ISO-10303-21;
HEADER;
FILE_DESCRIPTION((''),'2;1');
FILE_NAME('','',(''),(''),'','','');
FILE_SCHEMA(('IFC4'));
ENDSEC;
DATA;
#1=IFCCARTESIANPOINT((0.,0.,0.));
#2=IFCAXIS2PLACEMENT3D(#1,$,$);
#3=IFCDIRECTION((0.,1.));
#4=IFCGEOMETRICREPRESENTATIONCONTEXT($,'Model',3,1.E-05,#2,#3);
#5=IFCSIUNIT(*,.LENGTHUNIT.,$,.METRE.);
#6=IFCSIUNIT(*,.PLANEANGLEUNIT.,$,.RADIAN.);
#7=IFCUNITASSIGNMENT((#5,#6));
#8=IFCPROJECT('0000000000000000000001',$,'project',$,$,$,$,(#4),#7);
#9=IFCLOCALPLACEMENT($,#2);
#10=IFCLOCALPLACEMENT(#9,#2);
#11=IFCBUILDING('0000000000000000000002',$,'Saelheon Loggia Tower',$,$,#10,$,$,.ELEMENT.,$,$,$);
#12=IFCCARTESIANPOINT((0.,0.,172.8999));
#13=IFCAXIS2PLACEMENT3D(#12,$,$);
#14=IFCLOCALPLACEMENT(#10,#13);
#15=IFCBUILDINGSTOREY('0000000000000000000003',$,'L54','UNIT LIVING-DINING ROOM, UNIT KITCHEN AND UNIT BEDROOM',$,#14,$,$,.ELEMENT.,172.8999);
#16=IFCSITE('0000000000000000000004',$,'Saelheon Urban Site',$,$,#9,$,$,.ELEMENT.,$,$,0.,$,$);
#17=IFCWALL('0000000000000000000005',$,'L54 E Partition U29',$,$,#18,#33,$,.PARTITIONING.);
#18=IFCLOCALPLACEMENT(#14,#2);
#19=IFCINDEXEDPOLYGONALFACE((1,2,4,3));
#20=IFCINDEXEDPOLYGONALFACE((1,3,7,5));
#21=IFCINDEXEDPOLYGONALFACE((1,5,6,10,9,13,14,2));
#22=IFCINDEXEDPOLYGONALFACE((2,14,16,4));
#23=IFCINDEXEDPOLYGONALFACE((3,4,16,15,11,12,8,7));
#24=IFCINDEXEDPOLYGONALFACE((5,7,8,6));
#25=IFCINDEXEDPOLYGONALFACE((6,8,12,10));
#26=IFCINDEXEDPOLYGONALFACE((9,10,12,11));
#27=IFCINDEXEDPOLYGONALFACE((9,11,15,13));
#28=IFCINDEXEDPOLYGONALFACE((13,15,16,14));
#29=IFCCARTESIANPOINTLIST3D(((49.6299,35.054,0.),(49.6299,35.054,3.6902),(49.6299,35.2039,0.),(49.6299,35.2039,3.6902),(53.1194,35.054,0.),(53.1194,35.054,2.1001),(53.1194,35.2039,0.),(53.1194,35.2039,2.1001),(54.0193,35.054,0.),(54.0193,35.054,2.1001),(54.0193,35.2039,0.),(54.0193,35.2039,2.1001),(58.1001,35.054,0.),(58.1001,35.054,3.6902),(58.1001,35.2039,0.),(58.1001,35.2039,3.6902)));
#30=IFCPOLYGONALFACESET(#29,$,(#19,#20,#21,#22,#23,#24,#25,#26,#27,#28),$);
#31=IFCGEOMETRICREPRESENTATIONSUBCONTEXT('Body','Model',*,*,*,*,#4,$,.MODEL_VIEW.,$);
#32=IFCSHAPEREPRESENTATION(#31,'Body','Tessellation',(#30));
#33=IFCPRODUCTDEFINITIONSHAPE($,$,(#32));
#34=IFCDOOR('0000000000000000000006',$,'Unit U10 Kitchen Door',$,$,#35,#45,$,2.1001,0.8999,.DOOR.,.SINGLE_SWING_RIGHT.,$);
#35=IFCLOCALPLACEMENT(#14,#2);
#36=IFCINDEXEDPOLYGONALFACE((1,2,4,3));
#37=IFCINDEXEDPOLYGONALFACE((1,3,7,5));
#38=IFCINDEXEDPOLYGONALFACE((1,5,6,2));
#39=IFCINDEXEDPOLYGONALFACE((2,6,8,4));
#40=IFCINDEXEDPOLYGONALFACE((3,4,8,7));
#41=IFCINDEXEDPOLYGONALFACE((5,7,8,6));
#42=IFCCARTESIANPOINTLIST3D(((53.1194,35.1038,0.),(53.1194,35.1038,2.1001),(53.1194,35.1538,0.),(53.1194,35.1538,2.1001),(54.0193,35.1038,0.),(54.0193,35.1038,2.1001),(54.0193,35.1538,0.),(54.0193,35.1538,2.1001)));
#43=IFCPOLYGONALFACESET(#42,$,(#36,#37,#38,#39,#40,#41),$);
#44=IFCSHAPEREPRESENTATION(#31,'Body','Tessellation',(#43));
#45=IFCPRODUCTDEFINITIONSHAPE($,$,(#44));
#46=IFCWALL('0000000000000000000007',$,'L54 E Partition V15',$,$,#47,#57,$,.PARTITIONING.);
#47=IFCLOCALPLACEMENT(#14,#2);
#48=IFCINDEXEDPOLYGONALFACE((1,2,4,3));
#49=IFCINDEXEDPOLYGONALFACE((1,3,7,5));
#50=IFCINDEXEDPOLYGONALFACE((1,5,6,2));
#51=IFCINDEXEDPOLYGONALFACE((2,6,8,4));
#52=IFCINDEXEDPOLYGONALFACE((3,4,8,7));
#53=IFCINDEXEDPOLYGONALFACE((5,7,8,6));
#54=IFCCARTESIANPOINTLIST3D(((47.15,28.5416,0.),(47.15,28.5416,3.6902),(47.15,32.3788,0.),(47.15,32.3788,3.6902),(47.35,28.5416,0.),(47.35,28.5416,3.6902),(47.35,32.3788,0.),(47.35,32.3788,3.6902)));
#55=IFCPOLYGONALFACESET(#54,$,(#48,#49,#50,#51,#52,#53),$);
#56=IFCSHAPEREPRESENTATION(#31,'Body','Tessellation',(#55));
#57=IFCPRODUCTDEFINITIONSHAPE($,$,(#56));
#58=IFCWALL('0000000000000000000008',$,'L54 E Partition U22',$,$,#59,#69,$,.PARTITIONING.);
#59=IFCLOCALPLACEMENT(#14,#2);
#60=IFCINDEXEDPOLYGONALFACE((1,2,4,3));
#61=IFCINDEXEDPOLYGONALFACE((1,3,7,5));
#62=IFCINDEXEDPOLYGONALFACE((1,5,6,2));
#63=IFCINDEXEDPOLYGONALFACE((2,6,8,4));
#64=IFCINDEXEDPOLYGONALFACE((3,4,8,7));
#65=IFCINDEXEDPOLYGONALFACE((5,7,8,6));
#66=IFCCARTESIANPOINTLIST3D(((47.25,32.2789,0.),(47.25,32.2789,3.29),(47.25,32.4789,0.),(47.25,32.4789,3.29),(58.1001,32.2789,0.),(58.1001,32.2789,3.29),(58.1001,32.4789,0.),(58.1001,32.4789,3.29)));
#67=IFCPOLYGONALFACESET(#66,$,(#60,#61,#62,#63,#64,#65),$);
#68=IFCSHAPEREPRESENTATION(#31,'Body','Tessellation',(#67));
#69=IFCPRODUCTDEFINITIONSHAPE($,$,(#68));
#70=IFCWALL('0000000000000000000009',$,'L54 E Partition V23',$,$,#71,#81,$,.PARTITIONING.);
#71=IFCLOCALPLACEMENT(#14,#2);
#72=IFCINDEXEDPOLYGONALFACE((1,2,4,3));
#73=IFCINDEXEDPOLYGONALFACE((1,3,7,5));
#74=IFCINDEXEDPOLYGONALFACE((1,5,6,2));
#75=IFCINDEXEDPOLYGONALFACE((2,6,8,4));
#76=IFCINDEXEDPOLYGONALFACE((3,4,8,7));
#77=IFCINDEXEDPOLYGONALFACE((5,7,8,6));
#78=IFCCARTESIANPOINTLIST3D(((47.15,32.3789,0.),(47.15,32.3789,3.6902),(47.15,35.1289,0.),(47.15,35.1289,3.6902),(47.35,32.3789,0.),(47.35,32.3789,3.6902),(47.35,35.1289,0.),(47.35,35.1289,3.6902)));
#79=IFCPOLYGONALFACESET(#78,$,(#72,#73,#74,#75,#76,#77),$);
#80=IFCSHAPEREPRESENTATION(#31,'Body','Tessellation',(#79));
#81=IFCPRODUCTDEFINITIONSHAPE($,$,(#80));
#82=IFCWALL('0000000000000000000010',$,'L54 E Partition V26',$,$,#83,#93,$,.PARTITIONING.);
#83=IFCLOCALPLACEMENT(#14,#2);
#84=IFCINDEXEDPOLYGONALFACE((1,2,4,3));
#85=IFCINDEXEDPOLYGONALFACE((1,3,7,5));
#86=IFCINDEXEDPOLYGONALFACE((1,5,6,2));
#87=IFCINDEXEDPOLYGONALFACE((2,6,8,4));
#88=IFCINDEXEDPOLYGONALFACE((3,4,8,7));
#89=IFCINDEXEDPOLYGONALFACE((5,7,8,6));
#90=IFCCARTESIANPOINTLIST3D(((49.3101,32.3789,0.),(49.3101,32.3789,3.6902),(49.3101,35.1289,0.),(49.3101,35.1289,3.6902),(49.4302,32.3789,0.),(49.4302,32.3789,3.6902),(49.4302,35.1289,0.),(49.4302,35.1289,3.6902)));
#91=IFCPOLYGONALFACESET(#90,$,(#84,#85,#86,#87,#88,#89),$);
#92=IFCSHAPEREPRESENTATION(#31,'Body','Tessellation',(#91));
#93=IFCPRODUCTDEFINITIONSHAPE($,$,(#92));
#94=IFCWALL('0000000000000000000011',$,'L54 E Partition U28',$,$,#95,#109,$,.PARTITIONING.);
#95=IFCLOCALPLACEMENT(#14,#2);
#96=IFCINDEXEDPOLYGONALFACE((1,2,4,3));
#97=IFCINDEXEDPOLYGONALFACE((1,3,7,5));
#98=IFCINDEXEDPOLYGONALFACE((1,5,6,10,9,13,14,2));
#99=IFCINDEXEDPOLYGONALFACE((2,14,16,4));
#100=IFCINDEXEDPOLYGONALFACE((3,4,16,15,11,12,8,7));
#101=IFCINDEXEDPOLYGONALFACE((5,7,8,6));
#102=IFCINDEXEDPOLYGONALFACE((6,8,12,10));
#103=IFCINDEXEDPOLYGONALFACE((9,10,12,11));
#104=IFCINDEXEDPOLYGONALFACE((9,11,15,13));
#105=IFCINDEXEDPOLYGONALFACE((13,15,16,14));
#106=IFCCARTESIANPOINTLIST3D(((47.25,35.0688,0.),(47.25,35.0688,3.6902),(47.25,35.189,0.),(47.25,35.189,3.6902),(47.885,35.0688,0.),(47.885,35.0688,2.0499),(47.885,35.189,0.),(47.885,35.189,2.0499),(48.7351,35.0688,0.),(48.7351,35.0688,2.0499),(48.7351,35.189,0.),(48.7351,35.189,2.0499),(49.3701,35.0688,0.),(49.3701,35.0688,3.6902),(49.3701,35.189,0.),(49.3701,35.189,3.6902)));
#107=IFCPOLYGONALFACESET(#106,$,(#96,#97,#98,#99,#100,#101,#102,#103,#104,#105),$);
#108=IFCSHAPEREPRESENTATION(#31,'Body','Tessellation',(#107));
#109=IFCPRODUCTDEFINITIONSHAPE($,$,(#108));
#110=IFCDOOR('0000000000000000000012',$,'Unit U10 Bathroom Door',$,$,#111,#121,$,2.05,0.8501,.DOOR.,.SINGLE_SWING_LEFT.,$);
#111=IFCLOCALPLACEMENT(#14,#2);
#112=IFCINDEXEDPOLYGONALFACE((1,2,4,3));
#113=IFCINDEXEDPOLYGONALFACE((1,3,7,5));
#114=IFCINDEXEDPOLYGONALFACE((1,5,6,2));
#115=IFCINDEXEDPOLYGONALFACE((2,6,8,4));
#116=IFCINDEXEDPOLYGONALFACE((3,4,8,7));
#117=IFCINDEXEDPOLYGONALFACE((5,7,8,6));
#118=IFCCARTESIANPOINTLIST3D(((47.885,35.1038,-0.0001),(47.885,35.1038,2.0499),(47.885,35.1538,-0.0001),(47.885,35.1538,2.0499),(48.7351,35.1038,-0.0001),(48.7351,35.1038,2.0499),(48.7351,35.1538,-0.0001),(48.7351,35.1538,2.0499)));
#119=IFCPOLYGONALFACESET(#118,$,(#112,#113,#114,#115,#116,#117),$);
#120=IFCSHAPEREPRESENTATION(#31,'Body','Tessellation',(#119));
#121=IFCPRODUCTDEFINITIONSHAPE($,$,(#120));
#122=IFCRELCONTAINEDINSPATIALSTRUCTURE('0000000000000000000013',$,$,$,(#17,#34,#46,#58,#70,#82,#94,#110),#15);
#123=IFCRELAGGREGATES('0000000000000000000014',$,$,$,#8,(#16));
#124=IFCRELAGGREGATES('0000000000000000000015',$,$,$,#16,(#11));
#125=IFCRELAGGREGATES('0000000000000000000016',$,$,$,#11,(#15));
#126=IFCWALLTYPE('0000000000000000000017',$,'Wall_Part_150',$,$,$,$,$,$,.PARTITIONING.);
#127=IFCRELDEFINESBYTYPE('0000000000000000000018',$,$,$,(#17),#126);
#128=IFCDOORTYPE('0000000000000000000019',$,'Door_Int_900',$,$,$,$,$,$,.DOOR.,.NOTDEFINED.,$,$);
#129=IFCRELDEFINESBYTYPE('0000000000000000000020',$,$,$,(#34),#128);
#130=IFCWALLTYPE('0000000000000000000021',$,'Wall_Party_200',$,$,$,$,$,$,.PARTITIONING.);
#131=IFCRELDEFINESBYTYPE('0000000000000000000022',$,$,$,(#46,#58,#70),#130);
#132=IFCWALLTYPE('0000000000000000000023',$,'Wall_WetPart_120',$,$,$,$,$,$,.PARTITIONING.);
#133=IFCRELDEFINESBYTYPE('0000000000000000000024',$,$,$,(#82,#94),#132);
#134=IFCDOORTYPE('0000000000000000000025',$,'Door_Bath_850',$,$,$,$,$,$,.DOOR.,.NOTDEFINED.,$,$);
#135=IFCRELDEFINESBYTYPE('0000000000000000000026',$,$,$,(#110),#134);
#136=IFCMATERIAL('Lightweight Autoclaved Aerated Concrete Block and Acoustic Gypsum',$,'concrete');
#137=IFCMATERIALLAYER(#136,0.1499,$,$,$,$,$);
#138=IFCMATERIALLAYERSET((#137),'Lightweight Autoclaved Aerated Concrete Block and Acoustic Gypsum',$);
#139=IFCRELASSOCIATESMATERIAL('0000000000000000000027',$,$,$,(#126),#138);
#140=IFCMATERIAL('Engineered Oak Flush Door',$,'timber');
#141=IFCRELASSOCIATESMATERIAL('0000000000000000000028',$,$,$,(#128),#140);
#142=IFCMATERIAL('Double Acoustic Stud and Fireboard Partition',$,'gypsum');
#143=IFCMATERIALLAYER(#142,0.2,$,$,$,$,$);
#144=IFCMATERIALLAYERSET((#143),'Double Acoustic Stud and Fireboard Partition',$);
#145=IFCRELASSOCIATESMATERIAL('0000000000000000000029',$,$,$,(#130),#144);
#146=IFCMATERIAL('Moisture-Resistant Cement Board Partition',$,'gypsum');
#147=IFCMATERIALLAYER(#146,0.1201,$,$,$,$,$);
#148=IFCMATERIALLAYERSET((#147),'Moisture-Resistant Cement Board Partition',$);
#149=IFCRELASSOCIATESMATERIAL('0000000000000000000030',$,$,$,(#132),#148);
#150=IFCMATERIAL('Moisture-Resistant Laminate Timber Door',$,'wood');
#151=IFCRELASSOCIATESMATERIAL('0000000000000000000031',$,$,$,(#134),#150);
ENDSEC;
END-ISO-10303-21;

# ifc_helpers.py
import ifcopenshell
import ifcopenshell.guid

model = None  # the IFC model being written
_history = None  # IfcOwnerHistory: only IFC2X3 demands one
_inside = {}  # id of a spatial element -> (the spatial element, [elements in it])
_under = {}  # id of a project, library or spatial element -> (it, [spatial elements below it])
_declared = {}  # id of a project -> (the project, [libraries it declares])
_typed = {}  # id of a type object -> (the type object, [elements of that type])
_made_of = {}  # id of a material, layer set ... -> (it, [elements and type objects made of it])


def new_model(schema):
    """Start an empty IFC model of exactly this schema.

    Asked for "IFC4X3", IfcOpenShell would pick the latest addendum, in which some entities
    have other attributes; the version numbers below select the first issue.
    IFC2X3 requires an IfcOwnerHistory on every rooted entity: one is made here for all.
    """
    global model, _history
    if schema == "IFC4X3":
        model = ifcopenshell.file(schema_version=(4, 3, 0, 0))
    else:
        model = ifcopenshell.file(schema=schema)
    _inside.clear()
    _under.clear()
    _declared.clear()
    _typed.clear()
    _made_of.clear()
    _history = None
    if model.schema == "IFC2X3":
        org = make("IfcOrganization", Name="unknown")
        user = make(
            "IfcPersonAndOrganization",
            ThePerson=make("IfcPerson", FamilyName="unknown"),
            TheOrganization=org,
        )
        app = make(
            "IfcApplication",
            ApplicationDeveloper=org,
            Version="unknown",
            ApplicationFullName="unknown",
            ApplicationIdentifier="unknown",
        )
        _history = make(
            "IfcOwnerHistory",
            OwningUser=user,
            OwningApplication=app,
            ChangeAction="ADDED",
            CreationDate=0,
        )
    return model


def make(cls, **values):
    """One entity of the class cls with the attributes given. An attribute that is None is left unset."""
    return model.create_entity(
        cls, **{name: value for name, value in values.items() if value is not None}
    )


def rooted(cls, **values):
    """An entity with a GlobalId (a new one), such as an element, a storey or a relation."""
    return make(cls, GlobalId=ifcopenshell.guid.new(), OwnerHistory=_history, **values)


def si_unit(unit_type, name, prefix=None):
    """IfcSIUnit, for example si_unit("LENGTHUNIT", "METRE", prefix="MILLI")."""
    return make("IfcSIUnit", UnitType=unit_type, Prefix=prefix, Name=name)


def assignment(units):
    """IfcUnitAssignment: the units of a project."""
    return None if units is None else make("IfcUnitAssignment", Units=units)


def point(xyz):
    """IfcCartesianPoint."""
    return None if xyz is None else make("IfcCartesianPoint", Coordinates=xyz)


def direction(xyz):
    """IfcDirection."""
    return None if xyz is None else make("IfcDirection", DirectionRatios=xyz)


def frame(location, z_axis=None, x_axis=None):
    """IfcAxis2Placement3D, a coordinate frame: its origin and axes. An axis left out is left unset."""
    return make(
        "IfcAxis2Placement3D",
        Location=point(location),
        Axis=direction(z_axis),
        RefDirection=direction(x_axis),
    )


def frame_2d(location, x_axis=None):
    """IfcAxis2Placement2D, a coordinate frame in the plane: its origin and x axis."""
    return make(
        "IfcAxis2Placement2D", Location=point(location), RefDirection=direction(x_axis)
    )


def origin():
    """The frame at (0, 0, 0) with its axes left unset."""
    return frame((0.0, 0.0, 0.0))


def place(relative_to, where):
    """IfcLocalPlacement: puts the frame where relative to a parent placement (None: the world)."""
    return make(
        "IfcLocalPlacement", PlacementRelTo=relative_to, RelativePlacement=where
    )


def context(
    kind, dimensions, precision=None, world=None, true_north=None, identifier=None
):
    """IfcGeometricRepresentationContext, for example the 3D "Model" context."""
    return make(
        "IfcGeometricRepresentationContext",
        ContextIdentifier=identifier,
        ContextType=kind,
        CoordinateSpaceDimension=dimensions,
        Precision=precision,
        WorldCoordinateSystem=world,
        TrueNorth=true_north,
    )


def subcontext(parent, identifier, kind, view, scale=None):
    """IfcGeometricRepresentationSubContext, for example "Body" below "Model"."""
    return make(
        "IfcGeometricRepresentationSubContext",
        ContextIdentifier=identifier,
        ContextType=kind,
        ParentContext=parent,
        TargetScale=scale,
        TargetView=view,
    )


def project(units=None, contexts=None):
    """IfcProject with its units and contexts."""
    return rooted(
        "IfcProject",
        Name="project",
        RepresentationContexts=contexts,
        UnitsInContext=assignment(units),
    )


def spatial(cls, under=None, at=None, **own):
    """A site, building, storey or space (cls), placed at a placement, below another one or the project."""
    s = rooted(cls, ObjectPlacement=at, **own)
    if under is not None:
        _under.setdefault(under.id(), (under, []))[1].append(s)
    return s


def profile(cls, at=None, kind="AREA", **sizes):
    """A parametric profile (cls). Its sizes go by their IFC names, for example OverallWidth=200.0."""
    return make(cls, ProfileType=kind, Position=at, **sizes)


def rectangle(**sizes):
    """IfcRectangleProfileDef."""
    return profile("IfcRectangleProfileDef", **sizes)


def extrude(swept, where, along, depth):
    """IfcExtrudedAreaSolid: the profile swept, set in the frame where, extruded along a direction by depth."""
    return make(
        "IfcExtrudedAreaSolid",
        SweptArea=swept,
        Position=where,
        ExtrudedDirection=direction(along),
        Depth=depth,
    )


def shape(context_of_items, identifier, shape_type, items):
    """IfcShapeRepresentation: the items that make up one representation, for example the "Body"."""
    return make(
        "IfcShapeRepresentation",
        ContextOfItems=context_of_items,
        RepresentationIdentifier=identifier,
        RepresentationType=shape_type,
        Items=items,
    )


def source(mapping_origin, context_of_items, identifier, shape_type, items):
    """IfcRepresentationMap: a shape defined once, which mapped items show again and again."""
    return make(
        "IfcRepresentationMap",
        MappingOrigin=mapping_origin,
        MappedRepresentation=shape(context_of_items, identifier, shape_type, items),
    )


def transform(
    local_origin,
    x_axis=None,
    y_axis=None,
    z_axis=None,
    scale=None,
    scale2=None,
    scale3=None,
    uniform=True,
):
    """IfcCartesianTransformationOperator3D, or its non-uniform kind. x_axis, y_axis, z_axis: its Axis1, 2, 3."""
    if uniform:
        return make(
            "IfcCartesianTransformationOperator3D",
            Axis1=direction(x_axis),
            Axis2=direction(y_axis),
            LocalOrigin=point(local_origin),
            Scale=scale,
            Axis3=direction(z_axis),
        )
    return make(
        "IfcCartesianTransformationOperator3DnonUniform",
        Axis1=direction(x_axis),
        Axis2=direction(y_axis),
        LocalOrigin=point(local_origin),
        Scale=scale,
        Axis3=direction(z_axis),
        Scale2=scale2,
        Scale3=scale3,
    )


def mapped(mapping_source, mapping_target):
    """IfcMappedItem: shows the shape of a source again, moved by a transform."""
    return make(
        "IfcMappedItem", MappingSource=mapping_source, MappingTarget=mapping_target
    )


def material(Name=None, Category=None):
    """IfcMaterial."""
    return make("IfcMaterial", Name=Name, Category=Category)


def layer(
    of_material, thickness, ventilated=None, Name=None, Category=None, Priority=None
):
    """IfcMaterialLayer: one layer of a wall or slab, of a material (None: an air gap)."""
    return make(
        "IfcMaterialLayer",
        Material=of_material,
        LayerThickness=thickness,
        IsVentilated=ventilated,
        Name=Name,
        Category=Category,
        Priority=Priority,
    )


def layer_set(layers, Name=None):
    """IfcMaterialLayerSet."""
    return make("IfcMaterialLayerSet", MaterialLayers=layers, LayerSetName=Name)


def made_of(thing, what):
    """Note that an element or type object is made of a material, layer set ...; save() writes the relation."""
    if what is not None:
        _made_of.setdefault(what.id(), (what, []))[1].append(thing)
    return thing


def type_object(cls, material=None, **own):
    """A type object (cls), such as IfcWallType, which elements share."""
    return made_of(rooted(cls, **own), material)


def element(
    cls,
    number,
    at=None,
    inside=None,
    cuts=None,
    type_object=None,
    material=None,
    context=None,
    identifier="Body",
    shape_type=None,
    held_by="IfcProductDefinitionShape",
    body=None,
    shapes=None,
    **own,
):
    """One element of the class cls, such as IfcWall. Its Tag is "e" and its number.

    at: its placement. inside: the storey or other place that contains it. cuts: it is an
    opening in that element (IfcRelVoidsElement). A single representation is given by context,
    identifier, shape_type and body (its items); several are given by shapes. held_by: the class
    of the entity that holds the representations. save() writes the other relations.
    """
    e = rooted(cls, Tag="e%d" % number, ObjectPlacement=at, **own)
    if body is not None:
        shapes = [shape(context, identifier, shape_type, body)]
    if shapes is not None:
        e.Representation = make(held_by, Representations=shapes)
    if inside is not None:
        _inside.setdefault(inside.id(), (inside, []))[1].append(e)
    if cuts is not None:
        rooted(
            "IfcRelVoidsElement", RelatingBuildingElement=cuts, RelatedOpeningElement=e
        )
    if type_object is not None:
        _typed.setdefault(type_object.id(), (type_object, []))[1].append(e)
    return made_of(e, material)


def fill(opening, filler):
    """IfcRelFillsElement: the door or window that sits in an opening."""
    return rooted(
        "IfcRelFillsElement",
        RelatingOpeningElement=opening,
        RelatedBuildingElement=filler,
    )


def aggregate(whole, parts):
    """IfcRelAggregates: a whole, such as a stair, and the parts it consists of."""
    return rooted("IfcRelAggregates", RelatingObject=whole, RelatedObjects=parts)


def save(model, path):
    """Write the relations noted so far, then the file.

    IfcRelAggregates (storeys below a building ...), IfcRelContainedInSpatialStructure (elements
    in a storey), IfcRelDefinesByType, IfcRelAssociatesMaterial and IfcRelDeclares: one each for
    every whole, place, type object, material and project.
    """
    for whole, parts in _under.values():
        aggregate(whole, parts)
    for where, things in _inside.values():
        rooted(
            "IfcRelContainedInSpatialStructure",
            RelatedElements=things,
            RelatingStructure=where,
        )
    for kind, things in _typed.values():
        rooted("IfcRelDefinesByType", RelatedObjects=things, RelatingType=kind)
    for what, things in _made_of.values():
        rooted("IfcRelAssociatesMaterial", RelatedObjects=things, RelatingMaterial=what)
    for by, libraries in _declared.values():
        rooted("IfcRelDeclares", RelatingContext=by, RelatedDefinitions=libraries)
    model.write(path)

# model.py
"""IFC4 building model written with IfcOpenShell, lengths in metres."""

from ifc_helpers import new_model, si_unit, direction, frame, frame_2d, origin, place, context, subcontext, project, spatial, rectangle, extrude, source, transform, mapped, material, layer, layer_set, type_object, element, fill, save


model = new_model("IFC4")

# Units and contexts
model_context = context("Model", 3, precision=1e-05, world=origin(), true_north=direction((0.0, 1.0)))
body_context = subcontext(model_context, "Body", "Model", "MODEL_VIEW")
ifc_project = project(units=[si_unit("LENGTHUNIT", "METRE"), si_unit("PLANEANGLEUNIT", "RADIAN")], contexts=[model_context])

# Site, building, storey
site_placement = place(None, origin())
site = spatial("IfcSite", under=ifc_project, at=site_placement, Name="Saelheon Urban Site", CompositionType="ELEMENT", RefElevation=0.0)
building_placement = place(site_placement, origin())
building = spatial("IfcBuilding", under=site, at=building_placement, Name="Saelheon Loggia Tower", CompositionType="ELEMENT")
storey_placement = place(building_placement, frame((0.0, 0.0, 172.8999)))
storey = spatial("IfcBuildingStorey", under=building, at=storey_placement, Name="L54", Description="UNIT LIVING-DINING ROOM, UNIT KITCHEN AND UNIT BEDROOM", CompositionType="ELEMENT", Elevation=172.8999)

# Shared definitions
ifc_material_1 = material(Name="Lightweight Autoclaved Aerated Concrete Block and Acoustic Gypsum", Category="concrete")
ifc_layer_1 = layer(ifc_material_1, 0.1499)
ifc_layer_set_1 = layer_set([ifc_layer_1], Name="Lightweight Autoclaved Aerated Concrete Block and Acoustic Gypsum")
wall_type_1 = type_object("IfcWallType", Name="Wall_Part_150", PredefinedType="PARTITIONING", material=ifc_layer_set_1)

# Wall, opening, door
ifc_material_2 = material(Name="Engineered Oak Flush Door", Category="timber")
door_type_1 = type_object("IfcDoorType", Name="Door_Int_900", OperationType="NOTDEFINED", PredefinedType="DOOR", material=ifc_material_2)
shared_shape_1 = source(origin(), body_context, "Body", "SweptSolid", [
    extrude(rectangle(XDim=0.8999, YDim=2.1001, at=frame_2d((0.45, 1.05))), frame((0.0, 0.0249, 0.0), z_axis=(0.0, -1.0, 0.0), x_axis=(1.0, 0.0, 0.0)), (0.0, 0.0, 1.0), 0.05),
])
wall_1_placement = place(storey_placement, frame((49.6299, 35.1289, 0.0), z_axis=(0.0, 0.0, 1.0), x_axis=(1.0, 0.0, 0.0)))
wall_1 = element("IfcWall", 1, at=wall_1_placement, inside=storey, type_object=wall_type_1, Name="L54 E Partition U29", PredefinedType="PARTITIONING", context=body_context, shape_type="SweptSolid", body=[
    extrude(rectangle(XDim=8.4702, YDim=0.1499, at=frame_2d((4.2351, 0.0))), origin(), (0.0, 0.0, 1.0), 3.6902),
])
opening_1_placement = place(wall_1_placement, frame((3.4895, 0.0, 0.0)))
opening_1 = element("IfcOpeningElement", 2, at=opening_1_placement, cuts=wall_1, PredefinedType="OPENING", context=body_context, shape_type="SweptSolid", body=[
    extrude(rectangle(XDim=0.8999, YDim=2.1001, at=frame_2d((0.45, 1.05))), frame((0.0, 0.0869, 0.0), z_axis=(0.0, -1.0, 0.0), x_axis=(1.0, 0.0, 0.0)), (0.0, 0.0, 1.0), 0.1738),
])
door_1_placement = place(opening_1_placement, origin())
door_1 = element("IfcDoor", 3, at=door_1_placement, inside=storey, type_object=door_type_1, Name="Unit U10 Kitchen Door", OperationType="SINGLE_SWING_RIGHT", OverallHeight=2.1001, OverallWidth=0.8999, PredefinedType="DOOR", context=body_context, shape_type="MappedRepresentation", body=[
    mapped(shared_shape_1, transform((0.0, 0.0, 0.0), scale=1.0)),
])
fill(opening_1, door_1)

# Walls
ifc_material_3 = material(Name="Double Acoustic Stud and Fireboard Partition", Category="gypsum")
ifc_layer_2 = layer(ifc_material_3, 0.2)
ifc_layer_set_2 = layer_set([ifc_layer_2], Name="Double Acoustic Stud and Fireboard Partition")
wall_type_2 = type_object("IfcWallType", Name="Wall_Party_200", PredefinedType="PARTITIONING", material=ifc_layer_set_2)
wall_2_placement = place(storey_placement, frame((47.25, 28.5417, 0.0), z_axis=(0.0, 0.0, 1.0), x_axis=(0.0, 1.0, 0.0)))
element("IfcWall", 4, at=wall_2_placement, inside=storey, type_object=wall_type_2, Name="L54 E Partition V15", PredefinedType="PARTITIONING", context=body_context, shape_type="SweptSolid", body=[
    extrude(rectangle(XDim=3.8372, YDim=0.2, at=frame_2d((1.9185, 0.0))), origin(), (0.0, 0.0, 1.0), 3.6902),
])
wall_3_placement = place(storey_placement, frame((47.25, 32.3789, 0.0), z_axis=(0.0, 0.0, 1.0), x_axis=(1.0, 0.0, 0.0)))
element("IfcWall", 5, at=wall_3_placement, inside=storey, type_object=wall_type_2, Name="L54 E Partition U22", PredefinedType="PARTITIONING", context=body_context, shape_type="SweptSolid", body=[
    extrude(rectangle(XDim=10.8501, YDim=0.2, at=frame_2d((5.425, 0.0))), origin(), (0.0, 0.0, 1.0), 3.29),
])
wall_4_placement = place(storey_placement, frame((47.25, 32.3789, 0.0), z_axis=(0.0, 0.0, 1.0), x_axis=(0.0, 1.0, 0.0)))
element("IfcWall", 6, at=wall_4_placement, inside=storey, type_object=wall_type_2, Name="L54 E Partition V23", PredefinedType="PARTITIONING", context=body_context, shape_type="SweptSolid", body=[
    extrude(rectangle(XDim=2.75, YDim=0.2, at=frame_2d((1.375, 0.0))), origin(), (0.0, 0.0, 1.0), 3.6902),
])

# Wall
ifc_material_4 = material(Name="Moisture-Resistant Cement Board Partition", Category="gypsum")
ifc_layer_3 = layer(ifc_material_4, 0.1201)
ifc_layer_set_3 = layer_set([ifc_layer_3], Name="Moisture-Resistant Cement Board Partition")
wall_type_3 = type_object("IfcWallType", Name="Wall_WetPart_120", PredefinedType="PARTITIONING", material=ifc_layer_set_3)
wall_5_placement = place(storey_placement, frame((49.3701, 32.3789, 0.0), z_axis=(0.0, 0.0, 1.0), x_axis=(0.0, 1.0, 0.0)))
element("IfcWall", 7, at=wall_5_placement, inside=storey, type_object=wall_type_3, Name="L54 E Partition V26", PredefinedType="PARTITIONING", context=body_context, shape_type="SweptSolid", body=[
    extrude(rectangle(XDim=2.75, YDim=0.1201, at=frame_2d((1.375, 0.0))), origin(), (0.0, 0.0, 1.0), 3.6902),
])

# Wall, opening, door
wall_6_placement = place(storey_placement, frame((47.25, 35.1289, 0.0), z_axis=(0.0, 0.0, 1.0), x_axis=(1.0, 0.0, 0.0)))
wall_6 = element("IfcWall", 8, at=wall_6_placement, inside=storey, type_object=wall_type_3, Name="L54 E Partition U28", PredefinedType="PARTITIONING", context=body_context, shape_type="SweptSolid", body=[
    extrude(rectangle(XDim=2.1201, YDim=0.1201, at=frame_2d((1.0601, 0.0))), origin(), (0.0, 0.0, 1.0), 3.6902),
])
opening_2_placement = place(wall_6_placement, frame((0.635, 0.0, 0.0)))
opening_2 = element("IfcOpeningElement", 9, at=opening_2_placement, cuts=wall_6, PredefinedType="OPENING", context=body_context, shape_type="SweptSolid", body=[
    extrude(rectangle(XDim=0.8501, YDim=2.05, at=frame_2d((0.425, 1.0249))), frame((0.0, 0.072, 0.0), z_axis=(0.0, -1.0, 0.0), x_axis=(1.0, 0.0, 0.0)), (0.0, 0.0, 1.0), 0.144),
])
ifc_material_5 = material(Name="Moisture-Resistant Laminate Timber Door", Category="wood")
door_type_2 = type_object("IfcDoorType", Name="Door_Bath_850", OperationType="NOTDEFINED", PredefinedType="DOOR", material=ifc_material_5)
shared_shape_2 = source(origin(), body_context, "Body", "SweptSolid", [
    extrude(rectangle(XDim=0.8501, YDim=2.05, at=frame_2d((0.425, 1.0249))), frame((0.0, 0.0249, 0.0), z_axis=(0.0, -1.0, 0.0), x_axis=(1.0, 0.0, 0.0)), (0.0, 0.0, 1.0), 0.05),
])
door_2_placement = place(opening_2_placement, origin())
door_2 = element("IfcDoor", 10, at=door_2_placement, inside=storey, type_object=door_type_2, Name="Unit U10 Bathroom Door", OperationType="SINGLE_SWING_LEFT", OverallHeight=2.05, OverallWidth=0.8501, PredefinedType="DOOR", context=body_context, shape_type="MappedRepresentation", body=[
    mapped(shared_shape_2, transform((0.0, 0.0, 0.0), scale=1.0)),
])
fill(opening_2, door_2)

save(model, "model.ifc")
